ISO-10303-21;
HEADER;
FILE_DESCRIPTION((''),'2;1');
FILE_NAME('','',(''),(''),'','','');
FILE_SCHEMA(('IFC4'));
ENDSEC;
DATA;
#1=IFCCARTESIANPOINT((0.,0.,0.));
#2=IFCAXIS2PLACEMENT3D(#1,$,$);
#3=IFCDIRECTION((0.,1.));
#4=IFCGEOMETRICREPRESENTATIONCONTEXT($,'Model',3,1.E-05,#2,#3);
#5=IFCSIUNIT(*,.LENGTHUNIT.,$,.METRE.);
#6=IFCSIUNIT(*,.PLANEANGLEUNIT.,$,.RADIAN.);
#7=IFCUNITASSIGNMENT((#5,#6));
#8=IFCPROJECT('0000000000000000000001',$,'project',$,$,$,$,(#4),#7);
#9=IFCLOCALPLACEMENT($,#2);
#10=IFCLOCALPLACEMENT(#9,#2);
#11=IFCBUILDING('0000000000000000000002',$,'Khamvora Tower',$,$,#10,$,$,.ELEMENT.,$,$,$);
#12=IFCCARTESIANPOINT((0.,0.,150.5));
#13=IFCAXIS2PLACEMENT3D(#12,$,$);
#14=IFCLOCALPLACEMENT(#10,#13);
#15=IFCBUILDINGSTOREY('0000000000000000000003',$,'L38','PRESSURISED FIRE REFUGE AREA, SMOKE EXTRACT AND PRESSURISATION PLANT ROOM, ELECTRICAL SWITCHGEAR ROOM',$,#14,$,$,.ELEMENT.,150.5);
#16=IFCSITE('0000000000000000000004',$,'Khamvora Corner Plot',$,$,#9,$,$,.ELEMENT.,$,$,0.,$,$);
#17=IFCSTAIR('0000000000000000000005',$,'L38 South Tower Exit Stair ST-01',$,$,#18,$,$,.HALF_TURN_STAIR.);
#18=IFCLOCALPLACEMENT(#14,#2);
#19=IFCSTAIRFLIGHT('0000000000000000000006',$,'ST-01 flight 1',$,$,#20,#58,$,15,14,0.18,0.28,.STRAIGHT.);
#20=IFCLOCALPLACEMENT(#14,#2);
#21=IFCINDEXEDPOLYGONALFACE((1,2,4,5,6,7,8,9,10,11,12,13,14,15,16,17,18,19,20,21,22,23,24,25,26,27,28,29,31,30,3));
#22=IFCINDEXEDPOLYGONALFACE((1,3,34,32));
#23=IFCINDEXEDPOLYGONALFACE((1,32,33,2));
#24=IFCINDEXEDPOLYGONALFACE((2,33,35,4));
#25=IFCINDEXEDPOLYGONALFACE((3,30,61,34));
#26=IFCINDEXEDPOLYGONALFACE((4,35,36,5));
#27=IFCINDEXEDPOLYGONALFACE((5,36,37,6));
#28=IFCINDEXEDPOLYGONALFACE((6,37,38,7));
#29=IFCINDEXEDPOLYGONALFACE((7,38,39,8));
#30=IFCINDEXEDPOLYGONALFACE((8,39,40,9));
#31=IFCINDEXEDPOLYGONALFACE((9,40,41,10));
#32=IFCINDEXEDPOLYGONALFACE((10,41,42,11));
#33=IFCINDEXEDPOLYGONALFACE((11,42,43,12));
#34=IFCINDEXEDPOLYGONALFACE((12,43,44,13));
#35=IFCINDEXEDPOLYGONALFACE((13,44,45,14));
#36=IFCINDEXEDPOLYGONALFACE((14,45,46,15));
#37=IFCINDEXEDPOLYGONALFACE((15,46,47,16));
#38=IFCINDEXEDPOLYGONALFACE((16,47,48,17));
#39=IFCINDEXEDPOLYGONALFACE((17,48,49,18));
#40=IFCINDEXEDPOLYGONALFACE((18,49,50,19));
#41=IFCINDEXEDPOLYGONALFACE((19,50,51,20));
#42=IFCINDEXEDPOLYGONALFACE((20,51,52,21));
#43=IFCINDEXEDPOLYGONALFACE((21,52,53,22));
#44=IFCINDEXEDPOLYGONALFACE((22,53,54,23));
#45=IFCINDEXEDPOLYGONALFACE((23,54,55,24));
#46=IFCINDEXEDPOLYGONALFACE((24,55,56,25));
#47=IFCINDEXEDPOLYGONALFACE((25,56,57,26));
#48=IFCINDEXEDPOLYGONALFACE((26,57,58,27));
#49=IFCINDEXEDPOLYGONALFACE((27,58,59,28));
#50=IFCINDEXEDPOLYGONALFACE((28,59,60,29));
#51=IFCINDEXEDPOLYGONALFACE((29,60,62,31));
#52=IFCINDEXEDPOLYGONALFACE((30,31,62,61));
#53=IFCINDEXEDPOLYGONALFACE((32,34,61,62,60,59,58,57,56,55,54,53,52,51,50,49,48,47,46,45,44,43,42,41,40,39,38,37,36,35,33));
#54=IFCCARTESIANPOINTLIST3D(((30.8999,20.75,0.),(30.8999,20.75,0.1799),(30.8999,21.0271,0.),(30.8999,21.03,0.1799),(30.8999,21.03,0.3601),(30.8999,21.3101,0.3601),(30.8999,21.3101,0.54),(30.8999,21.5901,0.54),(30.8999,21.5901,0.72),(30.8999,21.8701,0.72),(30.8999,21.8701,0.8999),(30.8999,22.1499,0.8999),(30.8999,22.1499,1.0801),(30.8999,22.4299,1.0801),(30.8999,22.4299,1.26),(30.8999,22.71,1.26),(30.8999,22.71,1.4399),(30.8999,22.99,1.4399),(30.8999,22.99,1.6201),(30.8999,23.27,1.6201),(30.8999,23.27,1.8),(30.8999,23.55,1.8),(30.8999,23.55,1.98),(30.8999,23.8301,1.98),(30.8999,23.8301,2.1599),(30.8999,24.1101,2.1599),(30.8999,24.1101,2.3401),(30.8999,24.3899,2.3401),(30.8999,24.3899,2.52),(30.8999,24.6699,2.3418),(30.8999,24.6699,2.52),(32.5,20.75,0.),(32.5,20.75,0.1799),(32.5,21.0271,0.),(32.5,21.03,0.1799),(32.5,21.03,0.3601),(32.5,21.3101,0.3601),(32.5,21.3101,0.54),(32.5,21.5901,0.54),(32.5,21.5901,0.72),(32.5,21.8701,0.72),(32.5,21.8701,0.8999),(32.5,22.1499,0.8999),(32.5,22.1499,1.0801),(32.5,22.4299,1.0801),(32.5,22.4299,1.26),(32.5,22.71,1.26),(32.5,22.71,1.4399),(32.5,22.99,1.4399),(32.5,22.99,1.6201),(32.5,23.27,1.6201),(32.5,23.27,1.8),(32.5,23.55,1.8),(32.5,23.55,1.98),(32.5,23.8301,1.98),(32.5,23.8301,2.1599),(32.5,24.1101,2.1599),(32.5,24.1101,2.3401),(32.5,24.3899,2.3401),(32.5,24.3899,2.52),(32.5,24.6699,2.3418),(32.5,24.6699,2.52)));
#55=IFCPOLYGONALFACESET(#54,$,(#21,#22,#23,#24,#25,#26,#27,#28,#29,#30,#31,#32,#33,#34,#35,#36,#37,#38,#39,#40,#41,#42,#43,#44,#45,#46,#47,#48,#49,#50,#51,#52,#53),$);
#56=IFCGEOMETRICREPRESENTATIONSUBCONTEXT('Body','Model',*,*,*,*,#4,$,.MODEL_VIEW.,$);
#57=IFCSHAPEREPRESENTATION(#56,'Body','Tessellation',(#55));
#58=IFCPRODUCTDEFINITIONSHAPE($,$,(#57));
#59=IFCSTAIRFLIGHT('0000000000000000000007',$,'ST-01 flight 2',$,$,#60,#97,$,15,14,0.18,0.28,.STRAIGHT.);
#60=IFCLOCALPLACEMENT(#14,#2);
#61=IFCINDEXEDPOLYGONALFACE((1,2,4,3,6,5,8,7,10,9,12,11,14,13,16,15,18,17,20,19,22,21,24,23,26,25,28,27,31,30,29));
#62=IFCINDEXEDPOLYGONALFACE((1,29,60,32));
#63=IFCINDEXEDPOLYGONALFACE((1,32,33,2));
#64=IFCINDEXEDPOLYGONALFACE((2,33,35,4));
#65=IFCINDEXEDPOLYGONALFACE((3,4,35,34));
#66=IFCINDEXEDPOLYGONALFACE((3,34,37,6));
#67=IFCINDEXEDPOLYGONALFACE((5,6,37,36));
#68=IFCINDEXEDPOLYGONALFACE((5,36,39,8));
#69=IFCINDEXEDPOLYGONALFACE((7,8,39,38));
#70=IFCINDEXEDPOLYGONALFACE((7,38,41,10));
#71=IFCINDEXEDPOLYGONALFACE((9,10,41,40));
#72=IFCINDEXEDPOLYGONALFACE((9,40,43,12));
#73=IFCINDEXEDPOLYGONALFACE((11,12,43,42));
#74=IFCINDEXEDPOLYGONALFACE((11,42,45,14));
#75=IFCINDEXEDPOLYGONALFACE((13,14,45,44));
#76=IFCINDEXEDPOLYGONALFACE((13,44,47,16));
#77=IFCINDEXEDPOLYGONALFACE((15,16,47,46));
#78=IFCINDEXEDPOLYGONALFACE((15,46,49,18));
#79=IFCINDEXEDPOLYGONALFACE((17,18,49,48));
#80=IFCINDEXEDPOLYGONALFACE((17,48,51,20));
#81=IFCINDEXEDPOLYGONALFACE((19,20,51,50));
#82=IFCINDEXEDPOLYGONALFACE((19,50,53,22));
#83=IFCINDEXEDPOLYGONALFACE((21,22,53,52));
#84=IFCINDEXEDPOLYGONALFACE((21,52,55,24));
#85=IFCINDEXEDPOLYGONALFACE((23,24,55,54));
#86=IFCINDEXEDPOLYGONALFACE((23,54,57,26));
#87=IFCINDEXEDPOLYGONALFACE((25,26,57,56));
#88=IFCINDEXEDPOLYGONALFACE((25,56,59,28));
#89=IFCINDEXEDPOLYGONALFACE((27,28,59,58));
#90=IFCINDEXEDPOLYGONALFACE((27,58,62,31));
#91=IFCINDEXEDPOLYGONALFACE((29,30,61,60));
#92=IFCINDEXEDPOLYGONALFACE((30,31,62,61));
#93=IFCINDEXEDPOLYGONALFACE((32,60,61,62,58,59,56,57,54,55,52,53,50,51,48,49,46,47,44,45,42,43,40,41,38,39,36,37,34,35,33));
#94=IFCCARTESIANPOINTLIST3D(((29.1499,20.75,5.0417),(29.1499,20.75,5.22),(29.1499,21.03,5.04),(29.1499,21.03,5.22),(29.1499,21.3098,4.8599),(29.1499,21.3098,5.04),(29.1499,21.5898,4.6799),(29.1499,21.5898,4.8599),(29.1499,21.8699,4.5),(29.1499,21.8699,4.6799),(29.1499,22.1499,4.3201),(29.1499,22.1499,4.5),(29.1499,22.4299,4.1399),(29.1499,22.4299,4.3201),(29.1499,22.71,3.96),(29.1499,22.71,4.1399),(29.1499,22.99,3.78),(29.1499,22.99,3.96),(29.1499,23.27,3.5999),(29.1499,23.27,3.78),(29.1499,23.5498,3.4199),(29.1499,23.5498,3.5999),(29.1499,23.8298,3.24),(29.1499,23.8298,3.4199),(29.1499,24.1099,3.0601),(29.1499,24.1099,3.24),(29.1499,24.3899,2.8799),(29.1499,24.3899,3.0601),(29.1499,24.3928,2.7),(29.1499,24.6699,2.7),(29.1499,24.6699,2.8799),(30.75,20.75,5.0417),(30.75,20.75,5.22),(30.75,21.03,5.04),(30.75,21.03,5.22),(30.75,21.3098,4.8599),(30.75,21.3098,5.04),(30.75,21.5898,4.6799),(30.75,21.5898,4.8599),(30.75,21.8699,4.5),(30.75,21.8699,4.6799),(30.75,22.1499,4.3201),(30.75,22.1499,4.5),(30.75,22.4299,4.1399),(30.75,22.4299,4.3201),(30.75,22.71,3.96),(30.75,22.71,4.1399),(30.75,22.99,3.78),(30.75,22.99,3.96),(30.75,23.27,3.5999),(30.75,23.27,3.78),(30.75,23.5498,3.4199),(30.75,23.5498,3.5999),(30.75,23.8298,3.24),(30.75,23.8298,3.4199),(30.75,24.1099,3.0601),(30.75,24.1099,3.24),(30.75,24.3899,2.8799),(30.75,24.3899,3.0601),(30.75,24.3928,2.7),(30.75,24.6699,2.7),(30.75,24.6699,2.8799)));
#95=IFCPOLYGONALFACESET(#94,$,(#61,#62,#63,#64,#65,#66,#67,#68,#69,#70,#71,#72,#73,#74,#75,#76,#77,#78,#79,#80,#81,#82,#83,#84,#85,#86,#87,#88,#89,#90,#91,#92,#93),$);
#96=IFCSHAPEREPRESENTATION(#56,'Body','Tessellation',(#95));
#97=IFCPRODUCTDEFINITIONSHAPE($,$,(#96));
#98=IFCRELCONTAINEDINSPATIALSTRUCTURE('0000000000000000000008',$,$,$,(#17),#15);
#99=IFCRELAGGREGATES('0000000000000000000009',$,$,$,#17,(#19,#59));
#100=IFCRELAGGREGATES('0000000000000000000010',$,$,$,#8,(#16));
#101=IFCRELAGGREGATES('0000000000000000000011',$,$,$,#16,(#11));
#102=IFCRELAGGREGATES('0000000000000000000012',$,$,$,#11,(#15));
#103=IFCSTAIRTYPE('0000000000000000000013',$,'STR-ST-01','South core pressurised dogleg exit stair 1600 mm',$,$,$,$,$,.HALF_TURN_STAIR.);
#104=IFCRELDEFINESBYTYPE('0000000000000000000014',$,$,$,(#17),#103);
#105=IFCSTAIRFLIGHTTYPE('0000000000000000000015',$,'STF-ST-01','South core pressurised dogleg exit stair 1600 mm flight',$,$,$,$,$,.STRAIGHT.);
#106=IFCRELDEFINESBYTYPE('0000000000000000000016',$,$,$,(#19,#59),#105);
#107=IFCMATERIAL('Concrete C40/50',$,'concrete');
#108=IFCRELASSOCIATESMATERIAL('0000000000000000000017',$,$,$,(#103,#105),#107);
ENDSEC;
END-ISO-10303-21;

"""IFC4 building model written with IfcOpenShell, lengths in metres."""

from ifc_helpers import new_model, si_unit, direction, frame, origin, place, context, subcontext, project, spatial, polyline, outline, extrude, material, type_object, element, aggregate, save


model = new_model("IFC4")

# Units and contexts
model_context = context("Model", 3, precision=1e-05, world=origin(), true_north=direction((0.0, 1.0)))
body_context = subcontext(model_context, "Body", "Model", "MODEL_VIEW")
ifc_project = project(units=[si_unit("LENGTHUNIT", "METRE"), si_unit("PLANEANGLEUNIT", "RADIAN")], contexts=[model_context])

# Site, building, storey
site_placement = place(None, origin())
site = spatial("IfcSite", under=ifc_project, at=site_placement, Name="Khamvora Corner Plot", CompositionType="ELEMENT", RefElevation=0.0)
building_placement = place(site_placement, origin())
building = spatial("IfcBuilding", under=site, at=building_placement, Name="Khamvora Tower", CompositionType="ELEMENT")
storey_placement = place(building_placement, frame((0.0, 0.0, 150.5)))
storey = spatial("IfcBuildingStorey", under=building, at=storey_placement, Name="L38", Description="PRESSURISED FIRE REFUGE AREA, SMOKE EXTRACT AND PRESSURISATION PLANT ROOM, ELECTRICAL SWITCHGEAR ROOM", CompositionType="ELEMENT", Elevation=150.5)

# Stair, stair flights
ifc_material_1 = material(Name="Concrete C40/50", Category="concrete")
stair_type = type_object("IfcStairType", Name="STR-ST-01", Description="South core pressurised dogleg exit stair 1600 mm", PredefinedType="HALF_TURN_STAIR", material=ifc_material_1)
stair_placement = place(storey_placement, origin())
stair = element("IfcStair", 1, at=stair_placement, inside=storey, type_object=stair_type, Name="L38 South Tower Exit Stair ST-01", PredefinedType="HALF_TURN_STAIR")
stair_flight_type = type_object("IfcStairFlightType", Name="STF-ST-01", Description="South core pressurised dogleg exit stair 1600 mm flight", PredefinedType="STRAIGHT", material=ifc_material_1)
stair_flight_1_placement = place(storey_placement, frame((31.7, 20.75, 0.0), z_axis=(0.0, 0.0, 1.0), x_axis=(0.0, 1.0, 0.0)))
stair_flight_1 = element("IfcStairFlight", 2, at=stair_flight_1_placement, type_object=stair_flight_type, Name="ST-01 flight 1", NumberOfRisers=15, NumberOfTreads=14, PredefinedType="STRAIGHT", RiserHeight=0.18, TreadLength=0.28, context=body_context, shape_type="SweptSolid", body=[
    extrude(outline(polyline([(0.0, 0.0), (0.0, 0.1799), (0.28, 0.1799), (0.28, 0.3601), (0.5601, 0.3601), (0.5601, 0.54), (0.8401, 0.54), (0.8401, 0.72), (1.1201, 0.72), (1.1201, 0.8999), (1.3999, 0.8999), (1.3999, 1.0801), (1.6799, 1.0801), (1.6799, 1.26), (1.96, 1.26), (1.96, 1.4399), (2.24, 1.4399), (2.24, 1.6201), (2.52, 1.6201), (2.52, 1.8), (2.8, 1.8), (2.8, 1.98), (3.0801, 1.98), (3.0801, 2.1599), (3.3601, 2.1599), (3.3601, 2.3401), (3.6399, 2.3401), (3.6399, 2.52), (3.9199, 2.52), (3.9199, 2.7), (3.9199, 2.3418), (0.2771, 0.0), (0.0, 0.0)])), frame((0.0, 0.8, 0.0), z_axis=(0.0, -1.0, 0.0), x_axis=(1.0, 0.0, 0.0)), (0.0, 0.0, 1.0), 1.6001),
])
stair_flight_2_placement = place(storey_placement, frame((29.95, 24.6699, 2.7), z_axis=(0.0, 0.0, 1.0), x_axis=(0.0, -1.0, 0.0)))
stair_flight_2 = element("IfcStairFlight", 3, at=stair_flight_2_placement, type_object=stair_flight_type, Name="ST-01 flight 2", NumberOfRisers=15, NumberOfTreads=14, PredefinedType="STRAIGHT", RiserHeight=0.18, TreadLength=0.28, context=body_context, shape_type="SweptSolid", body=[
    extrude(outline(polyline([(0.0, 0.0), (0.0, 0.1799), (0.28, 0.1799), (0.28, 0.3601), (0.5601, 0.3601), (0.5601, 0.54), (0.8401, 0.54), (0.8401, 0.72), (1.1201, 0.72), (1.1201, 0.8999), (1.3999, 0.8999), (1.3999, 1.0801), (1.6799, 1.0801), (1.6799, 1.26), (1.96, 1.26), (1.96, 1.4399), (2.24, 1.4399), (2.24, 1.6201), (2.52, 1.6201), (2.52, 1.8), (2.8, 1.8), (2.8, 1.98), (3.0801, 1.98), (3.0801, 2.1599), (3.3601, 2.1599), (3.3601, 2.3401), (3.6399, 2.3401), (3.6399, 2.52), (3.9199, 2.52), (3.9199, 2.7), (3.9199, 2.3418), (0.2771, 0.0), (0.0, 0.0)])), frame((0.0, 0.8, 0.0), z_axis=(0.0, -1.0, 0.0), x_axis=(1.0, 0.0, 0.0)), (0.0, 0.0, 1.0), 1.6001),
])
aggregate(stair, [stair_flight_1, stair_flight_2])

save(model, "model.ifc")
